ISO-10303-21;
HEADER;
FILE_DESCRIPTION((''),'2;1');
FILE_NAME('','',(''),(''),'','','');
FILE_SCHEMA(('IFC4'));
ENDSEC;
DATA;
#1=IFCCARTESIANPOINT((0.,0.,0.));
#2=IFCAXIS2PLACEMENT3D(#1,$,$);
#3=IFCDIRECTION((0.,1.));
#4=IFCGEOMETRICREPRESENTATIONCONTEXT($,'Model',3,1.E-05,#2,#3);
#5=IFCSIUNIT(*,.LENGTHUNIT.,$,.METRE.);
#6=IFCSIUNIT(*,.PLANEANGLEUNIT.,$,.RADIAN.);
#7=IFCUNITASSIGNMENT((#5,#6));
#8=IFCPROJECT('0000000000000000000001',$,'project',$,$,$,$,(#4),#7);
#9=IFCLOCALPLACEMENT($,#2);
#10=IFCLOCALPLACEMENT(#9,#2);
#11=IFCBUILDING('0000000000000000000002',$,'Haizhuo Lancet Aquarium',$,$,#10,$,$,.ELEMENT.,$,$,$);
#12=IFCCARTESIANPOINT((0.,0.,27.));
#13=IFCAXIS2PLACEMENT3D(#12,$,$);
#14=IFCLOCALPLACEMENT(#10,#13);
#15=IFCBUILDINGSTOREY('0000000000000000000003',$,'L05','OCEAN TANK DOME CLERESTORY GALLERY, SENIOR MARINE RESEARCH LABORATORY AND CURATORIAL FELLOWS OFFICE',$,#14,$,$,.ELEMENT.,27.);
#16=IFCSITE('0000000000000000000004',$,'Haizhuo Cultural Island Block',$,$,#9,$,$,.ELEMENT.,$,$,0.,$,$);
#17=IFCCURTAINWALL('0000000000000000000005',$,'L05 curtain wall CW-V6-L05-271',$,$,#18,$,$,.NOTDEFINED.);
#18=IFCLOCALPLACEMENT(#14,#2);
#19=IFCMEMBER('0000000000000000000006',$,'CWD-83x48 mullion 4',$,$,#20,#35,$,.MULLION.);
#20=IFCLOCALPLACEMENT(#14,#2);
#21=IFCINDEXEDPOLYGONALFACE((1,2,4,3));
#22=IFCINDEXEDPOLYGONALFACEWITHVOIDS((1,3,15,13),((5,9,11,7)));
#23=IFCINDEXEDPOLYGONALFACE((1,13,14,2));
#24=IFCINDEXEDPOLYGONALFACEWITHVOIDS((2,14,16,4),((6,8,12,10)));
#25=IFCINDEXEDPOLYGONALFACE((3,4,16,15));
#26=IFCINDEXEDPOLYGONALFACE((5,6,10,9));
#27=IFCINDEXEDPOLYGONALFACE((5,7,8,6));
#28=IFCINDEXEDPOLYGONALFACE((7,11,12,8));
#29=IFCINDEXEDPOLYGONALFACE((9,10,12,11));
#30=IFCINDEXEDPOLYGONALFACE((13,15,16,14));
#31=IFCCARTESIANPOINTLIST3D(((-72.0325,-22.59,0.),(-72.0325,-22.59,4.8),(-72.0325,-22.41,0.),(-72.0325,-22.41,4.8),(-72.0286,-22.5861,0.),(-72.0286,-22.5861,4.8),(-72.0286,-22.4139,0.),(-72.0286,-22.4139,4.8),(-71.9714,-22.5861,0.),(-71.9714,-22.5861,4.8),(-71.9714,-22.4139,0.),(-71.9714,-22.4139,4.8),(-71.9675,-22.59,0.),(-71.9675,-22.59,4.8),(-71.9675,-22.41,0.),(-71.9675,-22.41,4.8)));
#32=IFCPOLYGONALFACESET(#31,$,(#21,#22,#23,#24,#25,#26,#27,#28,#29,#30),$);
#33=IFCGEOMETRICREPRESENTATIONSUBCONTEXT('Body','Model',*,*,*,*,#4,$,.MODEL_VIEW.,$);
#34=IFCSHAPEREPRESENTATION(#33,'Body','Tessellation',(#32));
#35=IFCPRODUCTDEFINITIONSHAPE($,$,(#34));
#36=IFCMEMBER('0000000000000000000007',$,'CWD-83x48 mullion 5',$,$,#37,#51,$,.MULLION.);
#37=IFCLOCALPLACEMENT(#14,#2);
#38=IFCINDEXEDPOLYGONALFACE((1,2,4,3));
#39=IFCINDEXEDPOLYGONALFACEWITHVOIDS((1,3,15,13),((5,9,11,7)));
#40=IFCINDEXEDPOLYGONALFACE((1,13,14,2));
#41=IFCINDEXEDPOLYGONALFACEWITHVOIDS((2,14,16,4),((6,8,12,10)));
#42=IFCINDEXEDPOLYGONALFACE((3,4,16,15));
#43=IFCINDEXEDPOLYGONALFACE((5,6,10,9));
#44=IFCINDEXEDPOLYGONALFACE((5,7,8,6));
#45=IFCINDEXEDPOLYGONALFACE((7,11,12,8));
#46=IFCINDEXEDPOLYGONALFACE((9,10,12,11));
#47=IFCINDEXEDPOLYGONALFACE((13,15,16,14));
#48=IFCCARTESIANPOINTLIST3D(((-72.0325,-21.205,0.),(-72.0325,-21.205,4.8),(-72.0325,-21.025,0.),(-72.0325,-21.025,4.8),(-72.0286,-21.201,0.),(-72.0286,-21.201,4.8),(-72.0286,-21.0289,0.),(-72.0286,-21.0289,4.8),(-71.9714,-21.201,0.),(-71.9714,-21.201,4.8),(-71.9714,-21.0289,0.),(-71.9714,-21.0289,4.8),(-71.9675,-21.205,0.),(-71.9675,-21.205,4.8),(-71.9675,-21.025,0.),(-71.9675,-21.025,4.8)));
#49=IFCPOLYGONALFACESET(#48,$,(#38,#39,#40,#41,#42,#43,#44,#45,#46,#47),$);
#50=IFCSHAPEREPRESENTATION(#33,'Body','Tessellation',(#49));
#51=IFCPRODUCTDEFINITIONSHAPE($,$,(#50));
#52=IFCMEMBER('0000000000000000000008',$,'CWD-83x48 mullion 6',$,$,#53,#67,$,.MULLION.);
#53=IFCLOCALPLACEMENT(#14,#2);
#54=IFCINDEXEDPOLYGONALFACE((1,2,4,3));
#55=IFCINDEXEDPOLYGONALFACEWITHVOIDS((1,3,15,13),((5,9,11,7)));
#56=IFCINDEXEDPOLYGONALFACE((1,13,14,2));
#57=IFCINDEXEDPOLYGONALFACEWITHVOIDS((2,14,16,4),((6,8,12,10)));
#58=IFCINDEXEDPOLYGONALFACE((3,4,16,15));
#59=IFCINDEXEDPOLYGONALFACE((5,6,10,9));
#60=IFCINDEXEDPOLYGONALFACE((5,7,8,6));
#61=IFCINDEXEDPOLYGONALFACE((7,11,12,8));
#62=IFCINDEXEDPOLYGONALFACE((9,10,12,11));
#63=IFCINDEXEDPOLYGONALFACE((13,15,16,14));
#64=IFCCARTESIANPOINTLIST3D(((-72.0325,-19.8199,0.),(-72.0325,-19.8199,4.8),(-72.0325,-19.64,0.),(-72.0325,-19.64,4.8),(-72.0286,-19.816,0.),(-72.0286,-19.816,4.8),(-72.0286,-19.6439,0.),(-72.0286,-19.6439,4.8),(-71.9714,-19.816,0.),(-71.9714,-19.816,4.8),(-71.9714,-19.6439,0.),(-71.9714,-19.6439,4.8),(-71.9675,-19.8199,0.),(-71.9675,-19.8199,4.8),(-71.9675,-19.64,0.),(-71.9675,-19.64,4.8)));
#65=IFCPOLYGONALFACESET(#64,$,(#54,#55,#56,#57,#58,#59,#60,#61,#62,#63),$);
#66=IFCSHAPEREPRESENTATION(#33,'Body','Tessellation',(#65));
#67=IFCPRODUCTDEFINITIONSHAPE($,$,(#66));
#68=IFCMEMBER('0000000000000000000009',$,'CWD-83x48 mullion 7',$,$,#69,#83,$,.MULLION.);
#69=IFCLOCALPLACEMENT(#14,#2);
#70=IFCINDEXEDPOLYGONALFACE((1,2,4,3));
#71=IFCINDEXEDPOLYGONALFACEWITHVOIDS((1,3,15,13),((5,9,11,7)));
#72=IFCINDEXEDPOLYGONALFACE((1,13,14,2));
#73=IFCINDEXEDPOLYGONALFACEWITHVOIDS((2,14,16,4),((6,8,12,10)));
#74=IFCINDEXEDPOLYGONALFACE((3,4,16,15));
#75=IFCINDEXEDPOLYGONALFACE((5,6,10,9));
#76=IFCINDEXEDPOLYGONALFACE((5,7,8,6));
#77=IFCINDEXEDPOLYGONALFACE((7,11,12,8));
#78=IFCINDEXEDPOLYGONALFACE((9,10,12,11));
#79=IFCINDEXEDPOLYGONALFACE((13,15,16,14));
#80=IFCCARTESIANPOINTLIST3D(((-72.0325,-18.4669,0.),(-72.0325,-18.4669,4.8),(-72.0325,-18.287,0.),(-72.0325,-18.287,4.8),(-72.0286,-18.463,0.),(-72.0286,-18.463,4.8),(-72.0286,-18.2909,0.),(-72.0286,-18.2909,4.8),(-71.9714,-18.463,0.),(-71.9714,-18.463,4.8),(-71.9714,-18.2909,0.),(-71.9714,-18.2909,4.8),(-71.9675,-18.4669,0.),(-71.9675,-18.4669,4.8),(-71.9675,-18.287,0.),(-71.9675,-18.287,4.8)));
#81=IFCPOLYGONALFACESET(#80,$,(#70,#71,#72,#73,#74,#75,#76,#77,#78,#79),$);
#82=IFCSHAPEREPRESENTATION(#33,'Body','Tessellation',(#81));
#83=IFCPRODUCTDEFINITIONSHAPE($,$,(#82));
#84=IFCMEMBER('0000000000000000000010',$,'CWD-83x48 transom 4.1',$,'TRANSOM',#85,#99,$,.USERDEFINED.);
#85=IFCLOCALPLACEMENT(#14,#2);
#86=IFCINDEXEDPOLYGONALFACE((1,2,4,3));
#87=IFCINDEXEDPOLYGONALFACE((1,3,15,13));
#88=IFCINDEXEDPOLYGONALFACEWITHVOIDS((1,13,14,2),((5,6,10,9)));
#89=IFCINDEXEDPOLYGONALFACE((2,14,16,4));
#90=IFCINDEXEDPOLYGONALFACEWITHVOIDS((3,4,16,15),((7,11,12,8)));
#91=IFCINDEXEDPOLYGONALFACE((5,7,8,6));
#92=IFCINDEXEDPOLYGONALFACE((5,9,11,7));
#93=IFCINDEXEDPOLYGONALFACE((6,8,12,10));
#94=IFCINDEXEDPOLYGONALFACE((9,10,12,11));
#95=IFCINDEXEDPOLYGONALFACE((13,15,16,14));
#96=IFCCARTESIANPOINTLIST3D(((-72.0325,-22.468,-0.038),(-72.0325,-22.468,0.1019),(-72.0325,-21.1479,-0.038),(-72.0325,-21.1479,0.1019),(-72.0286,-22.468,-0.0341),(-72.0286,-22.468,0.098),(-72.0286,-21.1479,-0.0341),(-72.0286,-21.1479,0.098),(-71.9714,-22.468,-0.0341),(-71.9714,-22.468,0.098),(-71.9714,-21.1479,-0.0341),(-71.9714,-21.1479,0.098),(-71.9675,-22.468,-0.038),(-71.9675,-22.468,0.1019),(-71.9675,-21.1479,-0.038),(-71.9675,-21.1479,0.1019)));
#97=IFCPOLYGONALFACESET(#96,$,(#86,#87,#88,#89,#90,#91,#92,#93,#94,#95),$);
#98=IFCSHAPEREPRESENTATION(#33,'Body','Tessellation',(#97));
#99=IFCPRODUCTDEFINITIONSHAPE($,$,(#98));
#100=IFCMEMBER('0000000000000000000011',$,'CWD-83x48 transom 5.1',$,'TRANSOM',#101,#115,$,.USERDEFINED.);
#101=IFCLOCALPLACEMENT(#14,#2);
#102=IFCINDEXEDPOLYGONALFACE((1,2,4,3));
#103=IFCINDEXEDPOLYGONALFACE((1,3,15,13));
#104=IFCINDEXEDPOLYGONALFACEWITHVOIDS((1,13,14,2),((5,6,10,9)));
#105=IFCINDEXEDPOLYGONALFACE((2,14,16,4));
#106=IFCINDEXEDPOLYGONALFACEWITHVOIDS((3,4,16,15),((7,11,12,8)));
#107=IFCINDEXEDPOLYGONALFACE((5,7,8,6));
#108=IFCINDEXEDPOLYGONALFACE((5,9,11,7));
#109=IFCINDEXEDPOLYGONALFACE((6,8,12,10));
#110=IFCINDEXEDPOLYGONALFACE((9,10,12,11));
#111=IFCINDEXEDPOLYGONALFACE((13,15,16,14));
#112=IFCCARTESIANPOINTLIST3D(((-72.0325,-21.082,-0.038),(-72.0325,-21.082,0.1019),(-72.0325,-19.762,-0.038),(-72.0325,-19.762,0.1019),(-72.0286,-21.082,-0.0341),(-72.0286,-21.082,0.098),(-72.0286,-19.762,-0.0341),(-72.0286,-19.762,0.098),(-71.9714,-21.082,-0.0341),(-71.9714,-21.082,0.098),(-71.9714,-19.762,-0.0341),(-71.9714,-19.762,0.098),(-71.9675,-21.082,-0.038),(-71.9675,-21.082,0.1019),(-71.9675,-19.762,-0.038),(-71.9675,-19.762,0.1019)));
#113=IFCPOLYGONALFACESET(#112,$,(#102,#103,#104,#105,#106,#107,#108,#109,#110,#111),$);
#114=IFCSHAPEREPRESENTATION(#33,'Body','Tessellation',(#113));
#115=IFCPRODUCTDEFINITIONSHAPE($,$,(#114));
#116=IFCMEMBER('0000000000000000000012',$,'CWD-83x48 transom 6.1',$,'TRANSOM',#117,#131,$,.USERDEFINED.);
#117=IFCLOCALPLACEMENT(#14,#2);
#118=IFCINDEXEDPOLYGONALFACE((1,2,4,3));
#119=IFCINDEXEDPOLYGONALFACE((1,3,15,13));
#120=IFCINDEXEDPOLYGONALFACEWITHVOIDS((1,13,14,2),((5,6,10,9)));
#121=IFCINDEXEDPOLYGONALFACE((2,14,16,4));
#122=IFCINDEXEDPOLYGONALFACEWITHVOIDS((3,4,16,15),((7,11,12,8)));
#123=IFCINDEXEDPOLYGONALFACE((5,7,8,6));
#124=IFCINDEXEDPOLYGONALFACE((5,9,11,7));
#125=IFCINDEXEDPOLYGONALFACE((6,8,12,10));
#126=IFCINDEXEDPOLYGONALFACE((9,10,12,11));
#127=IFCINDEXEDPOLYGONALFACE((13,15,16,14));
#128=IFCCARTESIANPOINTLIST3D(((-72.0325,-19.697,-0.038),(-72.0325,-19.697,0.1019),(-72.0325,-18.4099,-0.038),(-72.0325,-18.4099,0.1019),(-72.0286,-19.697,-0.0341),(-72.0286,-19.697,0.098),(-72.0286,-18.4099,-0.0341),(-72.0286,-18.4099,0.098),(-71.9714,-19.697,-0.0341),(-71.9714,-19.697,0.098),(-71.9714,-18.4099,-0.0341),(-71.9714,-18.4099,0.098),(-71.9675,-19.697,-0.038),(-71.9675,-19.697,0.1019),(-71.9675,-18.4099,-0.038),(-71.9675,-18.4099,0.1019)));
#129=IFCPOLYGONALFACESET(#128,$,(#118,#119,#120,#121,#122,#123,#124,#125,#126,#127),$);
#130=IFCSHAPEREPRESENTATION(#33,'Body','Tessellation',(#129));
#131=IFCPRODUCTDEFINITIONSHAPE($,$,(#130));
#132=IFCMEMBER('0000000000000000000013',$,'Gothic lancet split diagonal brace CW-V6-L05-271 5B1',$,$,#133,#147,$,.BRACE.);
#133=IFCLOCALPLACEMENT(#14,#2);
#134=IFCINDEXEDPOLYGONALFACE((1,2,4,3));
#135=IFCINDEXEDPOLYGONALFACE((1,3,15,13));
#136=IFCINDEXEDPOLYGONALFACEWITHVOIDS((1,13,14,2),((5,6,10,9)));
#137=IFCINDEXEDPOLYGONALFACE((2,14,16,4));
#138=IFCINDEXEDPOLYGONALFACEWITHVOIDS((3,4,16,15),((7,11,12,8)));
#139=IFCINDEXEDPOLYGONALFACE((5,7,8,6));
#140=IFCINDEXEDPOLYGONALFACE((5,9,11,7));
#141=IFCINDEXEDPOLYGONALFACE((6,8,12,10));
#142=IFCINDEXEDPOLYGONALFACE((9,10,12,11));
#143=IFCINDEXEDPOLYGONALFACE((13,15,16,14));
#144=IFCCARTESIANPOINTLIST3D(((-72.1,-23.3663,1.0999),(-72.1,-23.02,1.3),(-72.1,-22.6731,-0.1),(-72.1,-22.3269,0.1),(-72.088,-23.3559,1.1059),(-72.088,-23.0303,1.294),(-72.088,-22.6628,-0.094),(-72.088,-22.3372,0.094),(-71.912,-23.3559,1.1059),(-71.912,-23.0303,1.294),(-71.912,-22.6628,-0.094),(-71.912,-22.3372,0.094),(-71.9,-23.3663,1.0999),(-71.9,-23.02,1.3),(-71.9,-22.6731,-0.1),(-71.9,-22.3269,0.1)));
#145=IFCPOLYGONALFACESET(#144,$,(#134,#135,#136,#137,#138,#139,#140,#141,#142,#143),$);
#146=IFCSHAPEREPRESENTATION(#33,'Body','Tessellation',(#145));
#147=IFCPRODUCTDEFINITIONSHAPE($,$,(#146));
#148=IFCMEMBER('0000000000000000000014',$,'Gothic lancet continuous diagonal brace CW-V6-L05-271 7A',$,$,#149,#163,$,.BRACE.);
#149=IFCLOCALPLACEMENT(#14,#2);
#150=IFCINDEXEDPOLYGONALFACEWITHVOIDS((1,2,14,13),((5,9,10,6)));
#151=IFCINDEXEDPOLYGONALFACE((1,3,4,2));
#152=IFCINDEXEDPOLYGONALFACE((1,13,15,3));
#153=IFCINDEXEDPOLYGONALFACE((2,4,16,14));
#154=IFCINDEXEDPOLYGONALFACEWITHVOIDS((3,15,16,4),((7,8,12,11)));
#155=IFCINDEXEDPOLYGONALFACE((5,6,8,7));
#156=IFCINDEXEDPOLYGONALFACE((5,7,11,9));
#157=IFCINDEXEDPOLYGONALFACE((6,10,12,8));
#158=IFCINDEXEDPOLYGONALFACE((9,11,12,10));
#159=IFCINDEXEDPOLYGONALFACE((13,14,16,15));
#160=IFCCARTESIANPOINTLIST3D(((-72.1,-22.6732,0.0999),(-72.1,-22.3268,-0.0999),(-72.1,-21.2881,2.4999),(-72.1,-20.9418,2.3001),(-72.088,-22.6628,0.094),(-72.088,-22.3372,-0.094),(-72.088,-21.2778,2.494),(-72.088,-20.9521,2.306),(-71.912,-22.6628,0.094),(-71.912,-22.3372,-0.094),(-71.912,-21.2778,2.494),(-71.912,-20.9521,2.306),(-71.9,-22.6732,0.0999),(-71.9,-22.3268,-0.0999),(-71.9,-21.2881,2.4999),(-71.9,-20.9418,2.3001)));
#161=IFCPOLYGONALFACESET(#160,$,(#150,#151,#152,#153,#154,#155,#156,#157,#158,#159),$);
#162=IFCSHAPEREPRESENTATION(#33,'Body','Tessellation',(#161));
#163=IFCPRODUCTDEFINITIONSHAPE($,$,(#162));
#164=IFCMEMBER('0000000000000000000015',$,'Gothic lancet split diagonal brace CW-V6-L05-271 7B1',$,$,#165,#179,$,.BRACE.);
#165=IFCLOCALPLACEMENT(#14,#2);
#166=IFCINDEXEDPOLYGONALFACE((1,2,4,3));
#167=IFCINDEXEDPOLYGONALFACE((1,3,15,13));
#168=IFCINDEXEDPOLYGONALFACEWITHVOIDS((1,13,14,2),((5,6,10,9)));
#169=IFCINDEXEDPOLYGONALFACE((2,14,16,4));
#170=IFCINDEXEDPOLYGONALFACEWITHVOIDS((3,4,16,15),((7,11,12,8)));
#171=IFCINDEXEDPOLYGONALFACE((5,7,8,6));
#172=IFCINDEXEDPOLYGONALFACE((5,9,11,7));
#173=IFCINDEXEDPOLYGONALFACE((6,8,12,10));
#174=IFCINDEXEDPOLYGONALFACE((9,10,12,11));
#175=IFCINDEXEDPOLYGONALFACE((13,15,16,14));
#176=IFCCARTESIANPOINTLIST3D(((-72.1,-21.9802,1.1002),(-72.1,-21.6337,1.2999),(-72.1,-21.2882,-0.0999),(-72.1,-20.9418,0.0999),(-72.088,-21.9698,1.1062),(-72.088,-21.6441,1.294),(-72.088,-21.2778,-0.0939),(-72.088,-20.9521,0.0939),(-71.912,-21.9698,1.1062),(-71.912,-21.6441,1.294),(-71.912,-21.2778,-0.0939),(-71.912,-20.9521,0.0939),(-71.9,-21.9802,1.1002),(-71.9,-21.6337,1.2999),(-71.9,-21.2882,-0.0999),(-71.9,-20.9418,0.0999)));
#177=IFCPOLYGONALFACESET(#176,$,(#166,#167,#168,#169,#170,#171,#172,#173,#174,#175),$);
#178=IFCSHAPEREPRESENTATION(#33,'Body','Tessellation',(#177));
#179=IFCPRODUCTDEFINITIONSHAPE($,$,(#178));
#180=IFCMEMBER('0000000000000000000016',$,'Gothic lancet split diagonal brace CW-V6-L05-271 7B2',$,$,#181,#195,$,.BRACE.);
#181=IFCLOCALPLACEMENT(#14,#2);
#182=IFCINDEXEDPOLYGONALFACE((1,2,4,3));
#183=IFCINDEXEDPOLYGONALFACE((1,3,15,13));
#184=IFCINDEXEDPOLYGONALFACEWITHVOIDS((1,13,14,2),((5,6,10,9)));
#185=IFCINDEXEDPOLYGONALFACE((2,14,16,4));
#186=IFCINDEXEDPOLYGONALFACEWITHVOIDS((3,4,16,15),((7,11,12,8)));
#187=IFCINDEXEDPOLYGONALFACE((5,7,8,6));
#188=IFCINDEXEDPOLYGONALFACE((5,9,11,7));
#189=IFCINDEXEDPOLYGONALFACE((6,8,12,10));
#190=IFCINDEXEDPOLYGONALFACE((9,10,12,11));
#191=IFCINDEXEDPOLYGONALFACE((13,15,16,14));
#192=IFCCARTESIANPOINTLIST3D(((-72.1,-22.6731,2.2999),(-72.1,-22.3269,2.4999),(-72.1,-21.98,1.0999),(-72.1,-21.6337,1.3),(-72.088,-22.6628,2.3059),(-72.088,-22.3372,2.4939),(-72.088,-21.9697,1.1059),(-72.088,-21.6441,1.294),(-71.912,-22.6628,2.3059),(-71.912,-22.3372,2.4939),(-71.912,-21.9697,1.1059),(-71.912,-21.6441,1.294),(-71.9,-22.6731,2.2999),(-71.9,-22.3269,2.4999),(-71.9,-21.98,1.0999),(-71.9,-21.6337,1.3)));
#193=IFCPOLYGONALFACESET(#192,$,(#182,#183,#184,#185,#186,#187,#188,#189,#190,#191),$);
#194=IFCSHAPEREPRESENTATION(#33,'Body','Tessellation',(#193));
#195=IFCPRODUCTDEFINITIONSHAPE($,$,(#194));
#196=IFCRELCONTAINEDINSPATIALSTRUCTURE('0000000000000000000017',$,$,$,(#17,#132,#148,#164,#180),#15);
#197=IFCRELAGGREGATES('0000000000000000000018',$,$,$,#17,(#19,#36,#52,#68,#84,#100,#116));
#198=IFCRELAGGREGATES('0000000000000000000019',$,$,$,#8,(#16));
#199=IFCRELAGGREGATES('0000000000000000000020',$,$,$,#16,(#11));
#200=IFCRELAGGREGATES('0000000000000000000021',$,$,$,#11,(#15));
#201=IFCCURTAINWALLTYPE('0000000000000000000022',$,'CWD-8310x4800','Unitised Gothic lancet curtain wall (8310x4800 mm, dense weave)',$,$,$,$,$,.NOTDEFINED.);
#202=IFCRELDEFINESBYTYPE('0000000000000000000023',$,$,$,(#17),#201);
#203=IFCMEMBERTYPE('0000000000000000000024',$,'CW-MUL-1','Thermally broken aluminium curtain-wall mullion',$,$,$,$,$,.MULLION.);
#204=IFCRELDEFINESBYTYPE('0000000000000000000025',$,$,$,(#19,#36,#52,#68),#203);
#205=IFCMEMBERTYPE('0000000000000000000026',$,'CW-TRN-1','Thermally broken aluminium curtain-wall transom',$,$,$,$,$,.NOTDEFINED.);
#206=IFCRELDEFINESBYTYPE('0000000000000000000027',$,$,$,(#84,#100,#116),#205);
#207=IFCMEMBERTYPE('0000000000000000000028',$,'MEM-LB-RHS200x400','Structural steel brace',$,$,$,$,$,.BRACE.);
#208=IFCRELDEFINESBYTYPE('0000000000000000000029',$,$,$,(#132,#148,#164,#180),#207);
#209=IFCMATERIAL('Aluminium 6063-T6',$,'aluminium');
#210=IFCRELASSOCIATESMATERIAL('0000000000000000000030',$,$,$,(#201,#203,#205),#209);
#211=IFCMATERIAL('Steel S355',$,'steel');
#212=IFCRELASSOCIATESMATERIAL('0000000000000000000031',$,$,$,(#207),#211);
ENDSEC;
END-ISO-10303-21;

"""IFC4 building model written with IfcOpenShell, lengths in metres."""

from ifc_helpers import new_model, si_unit, direction, frame, origin, origin_2d, place, context, subcontext, project, spatial, hollow_rectangle, extrude, material, material_profile, profile_set, type_object, element, aggregate, save


model = new_model("IFC4")

# Units and contexts
model_context = context("Model", 3, precision=1e-05, world=origin(), true_north=direction((0.0, 1.0)))
body_context = subcontext(model_context, "Body", "Model", "MODEL_VIEW")
ifc_project = project(units=[si_unit("LENGTHUNIT", "METRE"), si_unit("PLANEANGLEUNIT", "RADIAN")], contexts=[model_context])

# Site, building, storey
site_placement = place(None, origin())
site = spatial("IfcSite", under=ifc_project, at=site_placement, Name="Haizhuo Cultural Island Block", CompositionType="ELEMENT", RefElevation=0.0)
building_placement = place(site_placement, origin())
building = spatial("IfcBuilding", under=site, at=building_placement, Name="Haizhuo Lancet Aquarium", CompositionType="ELEMENT")
storey_placement = place(building_placement, frame((0.0, 0.0, 27.0)))
storey = spatial("IfcBuildingStorey", under=building, at=storey_placement, Name="L05", Description="OCEAN TANK DOME CLERESTORY GALLERY, SENIOR MARINE RESEARCH LABORATORY AND CURATORIAL FELLOWS OFFICE", CompositionType="ELEMENT", Elevation=27.0)

# Curtain wall, members
ifc_material_1 = material(Name="Aluminium 6063-T6", Category="aluminium")
curtain_wall_type = type_object("IfcCurtainWallType", Name="CWD-8310x4800", Description="Unitised Gothic lancet curtain wall (8310x4800 mm, dense weave)", PredefinedType="NOTDEFINED", material=ifc_material_1)
curtain_wall_placement = place(storey_placement, origin())
curtain_wall = element("IfcCurtainWall", 1, at=curtain_wall_placement, inside=storey, type_object=curtain_wall_type, Name="L05 curtain wall CW-V6-L05-271", PredefinedType="NOTDEFINED")
ifc_material_profile_1 = material_profile(ifc_material_1, hollow_rectangle(XDim=0.0649, YDim=0.1799, WallThickness=0.0039, at=origin_2d()), Name="ALU-M 65x180x4")
ifc_profile_set_1 = profile_set([ifc_material_profile_1], Name="Aluminium 6063-T6")
member_type_1 = type_object("IfcMemberType", Name="CW-MUL-1", Description="Thermally broken aluminium curtain-wall mullion", PredefinedType="MULLION", material=ifc_profile_set_1)
member_1_placement = place(storey_placement, frame((-72.0, -22.5, 0.0), z_axis=(0.0, 0.0, 1.0), x_axis=(-1.0, 0.0, 0.0)))
member_1 = element("IfcMember", 2, at=member_1_placement, type_object=member_type_1, Name="CWD-83x48 mullion 4", PredefinedType="MULLION", context=body_context, shape_type="SweptSolid", body=[
    extrude(hollow_rectangle(XDim=0.0649, YDim=0.1799, WallThickness=0.0039, at=origin_2d()), origin(), (0.0, 0.0, 1.0), 4.8),
])
member_2_placement = place(storey_placement, frame((-72.0, -21.115, 0.0), z_axis=(0.0, 0.0, 1.0), x_axis=(-1.0, 0.0, 0.0)))
member_2 = element("IfcMember", 3, at=member_2_placement, type_object=member_type_1, Name="CWD-83x48 mullion 5", PredefinedType="MULLION", context=body_context, shape_type="SweptSolid", body=[
    extrude(hollow_rectangle(XDim=0.0649, YDim=0.1799, WallThickness=0.0039, at=origin_2d()), origin(), (0.0, 0.0, 1.0), 4.8),
])
member_3_placement = place(storey_placement, frame((-72.0, -19.73, 0.0), z_axis=(0.0, 0.0, 1.0), x_axis=(-1.0, 0.0, 0.0)))
member_3 = element("IfcMember", 4, at=member_3_placement, type_object=member_type_1, Name="CWD-83x48 mullion 6", PredefinedType="MULLION", context=body_context, shape_type="SweptSolid", body=[
    extrude(hollow_rectangle(XDim=0.0649, YDim=0.1799, WallThickness=0.0039, at=origin_2d()), origin(), (0.0, 0.0, 1.0), 4.8),
])
member_4_placement = place(storey_placement, frame((-72.0, -18.377, 0.0), z_axis=(0.0, 0.0, 1.0), x_axis=(-1.0, 0.0, 0.0)))
member_4 = element("IfcMember", 5, at=member_4_placement, type_object=member_type_1, Name="CWD-83x48 mullion 7", PredefinedType="MULLION", context=body_context, shape_type="SweptSolid", body=[
    extrude(hollow_rectangle(XDim=0.0649, YDim=0.1799, WallThickness=0.0039, at=origin_2d()), origin(), (0.0, 0.0, 1.0), 4.8),
])
ifc_material_profile_2 = material_profile(ifc_material_1, hollow_rectangle(XDim=0.0649, YDim=0.1399, WallThickness=0.0039, at=origin_2d()), Name="ALU-T 65x140x4")
ifc_profile_set_2 = profile_set([ifc_material_profile_2], Name="Aluminium 6063-T6")
member_type_2 = type_object("IfcMemberType", Name="CW-TRN-1", Description="Thermally broken aluminium curtain-wall transom", PredefinedType="NOTDEFINED", material=ifc_profile_set_2)
member_5_placement = place(storey_placement, frame((-72.0, -22.468, 0.032), z_axis=(0.0, 1.0, 0.0), x_axis=(-1.0, 0.0, 0.0)))
member_5 = element("IfcMember", 6, at=member_5_placement, type_object=member_type_2, Name="CWD-83x48 transom 4.1", ObjectType="TRANSOM", PredefinedType="USERDEFINED", context=body_context, shape_type="SweptSolid", body=[
    extrude(hollow_rectangle(XDim=0.0649, YDim=0.1399, WallThickness=0.0039, at=origin_2d()), origin(), (0.0, 0.0, 1.0), 1.3201),
])
member_6_placement = place(storey_placement, frame((-72.0, -21.082, 0.032), z_axis=(0.0, 1.0, 0.0), x_axis=(-1.0, 0.0, 0.0)))
member_6 = element("IfcMember", 7, at=member_6_placement, type_object=member_type_2, Name="CWD-83x48 transom 5.1", ObjectType="TRANSOM", PredefinedType="USERDEFINED", context=body_context, shape_type="SweptSolid", body=[
    extrude(hollow_rectangle(XDim=0.0649, YDim=0.1399, WallThickness=0.0039, at=origin_2d()), origin(), (0.0, 0.0, 1.0), 1.3201),
])
member_7_placement = place(storey_placement, frame((-72.0, -19.697, 0.032), z_axis=(0.0, 1.0, 0.0), x_axis=(-1.0, 0.0, 0.0)))
member_7 = element("IfcMember", 8, at=member_7_placement, type_object=member_type_2, Name="CWD-83x48 transom 6.1", ObjectType="TRANSOM", PredefinedType="USERDEFINED", context=body_context, shape_type="SweptSolid", body=[
    extrude(hollow_rectangle(XDim=0.0649, YDim=0.1399, WallThickness=0.0039, at=origin_2d()), origin(), (0.0, 0.0, 1.0), 1.2871),
])

# Members
ifc_material_2 = material(Name="Steel S355", Category="steel")
ifc_material_profile_3 = material_profile(ifc_material_2, hollow_rectangle(XDim=0.2, YDim=0.3999, WallThickness=0.012, at=origin_2d()), Name="RHS 200x400x12")
ifc_profile_set_3 = profile_set([ifc_material_profile_3], Name="Steel S355")
member_type_3 = type_object("IfcMemberType", Name="MEM-LB-RHS200x400", Description="Structural steel brace", PredefinedType="BRACE", material=ifc_profile_set_3)
member_8_placement = place(storey_placement, frame((-72.0, -22.5, 0.0), z_axis=(0.0, -0.500175, 0.865924), x_axis=(1.0, 0.0, 0.0)))
element("IfcMember", 9, at=member_8_placement, inside=storey, type_object=member_type_3, Name="Gothic lancet split diagonal brace CW-V6-L05-271 5B1", PredefinedType="BRACE", context=body_context, shape_type="SweptSolid", body=[
    extrude(hollow_rectangle(XDim=0.2, YDim=0.3999, WallThickness=0.012, at=origin_2d()), origin(), (0.0, 0.0, 1.0), 1.3857),
])
member_9_placement = place(storey_placement, frame((-72.0, -22.5, 0.0), z_axis=(0.0, 0.499844, 0.866115), x_axis=(-1.0, 0.0, 0.0)))
element("IfcMember", 10, at=member_9_placement, inside=storey, type_object=member_type_3, Name="Gothic lancet continuous diagonal brace CW-V6-L05-271 7A", PredefinedType="BRACE", context=body_context, shape_type="SweptSolid", body=[
    extrude(hollow_rectangle(XDim=0.2, YDim=0.3999, WallThickness=0.012, at=origin_2d()), origin(), (0.0, 0.0, 1.0), 2.771),
])
member_10_placement = place(storey_placement, frame((-72.0, -21.115, 0.0), z_axis=(0.0, -0.499514, 0.866306), x_axis=(1.0, 0.0, 0.0)))
element("IfcMember", 11, at=member_10_placement, inside=storey, type_object=member_type_3, Name="Gothic lancet split diagonal brace CW-V6-L05-271 7B1", PredefinedType="BRACE", context=body_context, shape_type="SweptSolid", body=[
    extrude(hollow_rectangle(XDim=0.2, YDim=0.3999, WallThickness=0.012, at=origin_2d()), origin(), (0.0, 0.0, 1.0), 1.3853),
])
member_11_placement = place(storey_placement, frame((-72.0, -21.8069, 1.2), z_axis=(0.0, -0.500175, 0.865924), x_axis=(1.0, 0.0, 0.0)))
element("IfcMember", 12, at=member_11_placement, inside=storey, type_object=member_type_3, Name="Gothic lancet split diagonal brace CW-V6-L05-271 7B2", PredefinedType="BRACE", context=body_context, shape_type="SweptSolid", body=[
    extrude(hollow_rectangle(XDim=0.2, YDim=0.3999, WallThickness=0.012, at=origin_2d()), origin(), (0.0, 0.0, 1.0), 1.3857),
])

aggregate(curtain_wall, [member_1, member_2, member_3, member_4, member_5, member_6, member_7])

save(model, "model.ifc")
